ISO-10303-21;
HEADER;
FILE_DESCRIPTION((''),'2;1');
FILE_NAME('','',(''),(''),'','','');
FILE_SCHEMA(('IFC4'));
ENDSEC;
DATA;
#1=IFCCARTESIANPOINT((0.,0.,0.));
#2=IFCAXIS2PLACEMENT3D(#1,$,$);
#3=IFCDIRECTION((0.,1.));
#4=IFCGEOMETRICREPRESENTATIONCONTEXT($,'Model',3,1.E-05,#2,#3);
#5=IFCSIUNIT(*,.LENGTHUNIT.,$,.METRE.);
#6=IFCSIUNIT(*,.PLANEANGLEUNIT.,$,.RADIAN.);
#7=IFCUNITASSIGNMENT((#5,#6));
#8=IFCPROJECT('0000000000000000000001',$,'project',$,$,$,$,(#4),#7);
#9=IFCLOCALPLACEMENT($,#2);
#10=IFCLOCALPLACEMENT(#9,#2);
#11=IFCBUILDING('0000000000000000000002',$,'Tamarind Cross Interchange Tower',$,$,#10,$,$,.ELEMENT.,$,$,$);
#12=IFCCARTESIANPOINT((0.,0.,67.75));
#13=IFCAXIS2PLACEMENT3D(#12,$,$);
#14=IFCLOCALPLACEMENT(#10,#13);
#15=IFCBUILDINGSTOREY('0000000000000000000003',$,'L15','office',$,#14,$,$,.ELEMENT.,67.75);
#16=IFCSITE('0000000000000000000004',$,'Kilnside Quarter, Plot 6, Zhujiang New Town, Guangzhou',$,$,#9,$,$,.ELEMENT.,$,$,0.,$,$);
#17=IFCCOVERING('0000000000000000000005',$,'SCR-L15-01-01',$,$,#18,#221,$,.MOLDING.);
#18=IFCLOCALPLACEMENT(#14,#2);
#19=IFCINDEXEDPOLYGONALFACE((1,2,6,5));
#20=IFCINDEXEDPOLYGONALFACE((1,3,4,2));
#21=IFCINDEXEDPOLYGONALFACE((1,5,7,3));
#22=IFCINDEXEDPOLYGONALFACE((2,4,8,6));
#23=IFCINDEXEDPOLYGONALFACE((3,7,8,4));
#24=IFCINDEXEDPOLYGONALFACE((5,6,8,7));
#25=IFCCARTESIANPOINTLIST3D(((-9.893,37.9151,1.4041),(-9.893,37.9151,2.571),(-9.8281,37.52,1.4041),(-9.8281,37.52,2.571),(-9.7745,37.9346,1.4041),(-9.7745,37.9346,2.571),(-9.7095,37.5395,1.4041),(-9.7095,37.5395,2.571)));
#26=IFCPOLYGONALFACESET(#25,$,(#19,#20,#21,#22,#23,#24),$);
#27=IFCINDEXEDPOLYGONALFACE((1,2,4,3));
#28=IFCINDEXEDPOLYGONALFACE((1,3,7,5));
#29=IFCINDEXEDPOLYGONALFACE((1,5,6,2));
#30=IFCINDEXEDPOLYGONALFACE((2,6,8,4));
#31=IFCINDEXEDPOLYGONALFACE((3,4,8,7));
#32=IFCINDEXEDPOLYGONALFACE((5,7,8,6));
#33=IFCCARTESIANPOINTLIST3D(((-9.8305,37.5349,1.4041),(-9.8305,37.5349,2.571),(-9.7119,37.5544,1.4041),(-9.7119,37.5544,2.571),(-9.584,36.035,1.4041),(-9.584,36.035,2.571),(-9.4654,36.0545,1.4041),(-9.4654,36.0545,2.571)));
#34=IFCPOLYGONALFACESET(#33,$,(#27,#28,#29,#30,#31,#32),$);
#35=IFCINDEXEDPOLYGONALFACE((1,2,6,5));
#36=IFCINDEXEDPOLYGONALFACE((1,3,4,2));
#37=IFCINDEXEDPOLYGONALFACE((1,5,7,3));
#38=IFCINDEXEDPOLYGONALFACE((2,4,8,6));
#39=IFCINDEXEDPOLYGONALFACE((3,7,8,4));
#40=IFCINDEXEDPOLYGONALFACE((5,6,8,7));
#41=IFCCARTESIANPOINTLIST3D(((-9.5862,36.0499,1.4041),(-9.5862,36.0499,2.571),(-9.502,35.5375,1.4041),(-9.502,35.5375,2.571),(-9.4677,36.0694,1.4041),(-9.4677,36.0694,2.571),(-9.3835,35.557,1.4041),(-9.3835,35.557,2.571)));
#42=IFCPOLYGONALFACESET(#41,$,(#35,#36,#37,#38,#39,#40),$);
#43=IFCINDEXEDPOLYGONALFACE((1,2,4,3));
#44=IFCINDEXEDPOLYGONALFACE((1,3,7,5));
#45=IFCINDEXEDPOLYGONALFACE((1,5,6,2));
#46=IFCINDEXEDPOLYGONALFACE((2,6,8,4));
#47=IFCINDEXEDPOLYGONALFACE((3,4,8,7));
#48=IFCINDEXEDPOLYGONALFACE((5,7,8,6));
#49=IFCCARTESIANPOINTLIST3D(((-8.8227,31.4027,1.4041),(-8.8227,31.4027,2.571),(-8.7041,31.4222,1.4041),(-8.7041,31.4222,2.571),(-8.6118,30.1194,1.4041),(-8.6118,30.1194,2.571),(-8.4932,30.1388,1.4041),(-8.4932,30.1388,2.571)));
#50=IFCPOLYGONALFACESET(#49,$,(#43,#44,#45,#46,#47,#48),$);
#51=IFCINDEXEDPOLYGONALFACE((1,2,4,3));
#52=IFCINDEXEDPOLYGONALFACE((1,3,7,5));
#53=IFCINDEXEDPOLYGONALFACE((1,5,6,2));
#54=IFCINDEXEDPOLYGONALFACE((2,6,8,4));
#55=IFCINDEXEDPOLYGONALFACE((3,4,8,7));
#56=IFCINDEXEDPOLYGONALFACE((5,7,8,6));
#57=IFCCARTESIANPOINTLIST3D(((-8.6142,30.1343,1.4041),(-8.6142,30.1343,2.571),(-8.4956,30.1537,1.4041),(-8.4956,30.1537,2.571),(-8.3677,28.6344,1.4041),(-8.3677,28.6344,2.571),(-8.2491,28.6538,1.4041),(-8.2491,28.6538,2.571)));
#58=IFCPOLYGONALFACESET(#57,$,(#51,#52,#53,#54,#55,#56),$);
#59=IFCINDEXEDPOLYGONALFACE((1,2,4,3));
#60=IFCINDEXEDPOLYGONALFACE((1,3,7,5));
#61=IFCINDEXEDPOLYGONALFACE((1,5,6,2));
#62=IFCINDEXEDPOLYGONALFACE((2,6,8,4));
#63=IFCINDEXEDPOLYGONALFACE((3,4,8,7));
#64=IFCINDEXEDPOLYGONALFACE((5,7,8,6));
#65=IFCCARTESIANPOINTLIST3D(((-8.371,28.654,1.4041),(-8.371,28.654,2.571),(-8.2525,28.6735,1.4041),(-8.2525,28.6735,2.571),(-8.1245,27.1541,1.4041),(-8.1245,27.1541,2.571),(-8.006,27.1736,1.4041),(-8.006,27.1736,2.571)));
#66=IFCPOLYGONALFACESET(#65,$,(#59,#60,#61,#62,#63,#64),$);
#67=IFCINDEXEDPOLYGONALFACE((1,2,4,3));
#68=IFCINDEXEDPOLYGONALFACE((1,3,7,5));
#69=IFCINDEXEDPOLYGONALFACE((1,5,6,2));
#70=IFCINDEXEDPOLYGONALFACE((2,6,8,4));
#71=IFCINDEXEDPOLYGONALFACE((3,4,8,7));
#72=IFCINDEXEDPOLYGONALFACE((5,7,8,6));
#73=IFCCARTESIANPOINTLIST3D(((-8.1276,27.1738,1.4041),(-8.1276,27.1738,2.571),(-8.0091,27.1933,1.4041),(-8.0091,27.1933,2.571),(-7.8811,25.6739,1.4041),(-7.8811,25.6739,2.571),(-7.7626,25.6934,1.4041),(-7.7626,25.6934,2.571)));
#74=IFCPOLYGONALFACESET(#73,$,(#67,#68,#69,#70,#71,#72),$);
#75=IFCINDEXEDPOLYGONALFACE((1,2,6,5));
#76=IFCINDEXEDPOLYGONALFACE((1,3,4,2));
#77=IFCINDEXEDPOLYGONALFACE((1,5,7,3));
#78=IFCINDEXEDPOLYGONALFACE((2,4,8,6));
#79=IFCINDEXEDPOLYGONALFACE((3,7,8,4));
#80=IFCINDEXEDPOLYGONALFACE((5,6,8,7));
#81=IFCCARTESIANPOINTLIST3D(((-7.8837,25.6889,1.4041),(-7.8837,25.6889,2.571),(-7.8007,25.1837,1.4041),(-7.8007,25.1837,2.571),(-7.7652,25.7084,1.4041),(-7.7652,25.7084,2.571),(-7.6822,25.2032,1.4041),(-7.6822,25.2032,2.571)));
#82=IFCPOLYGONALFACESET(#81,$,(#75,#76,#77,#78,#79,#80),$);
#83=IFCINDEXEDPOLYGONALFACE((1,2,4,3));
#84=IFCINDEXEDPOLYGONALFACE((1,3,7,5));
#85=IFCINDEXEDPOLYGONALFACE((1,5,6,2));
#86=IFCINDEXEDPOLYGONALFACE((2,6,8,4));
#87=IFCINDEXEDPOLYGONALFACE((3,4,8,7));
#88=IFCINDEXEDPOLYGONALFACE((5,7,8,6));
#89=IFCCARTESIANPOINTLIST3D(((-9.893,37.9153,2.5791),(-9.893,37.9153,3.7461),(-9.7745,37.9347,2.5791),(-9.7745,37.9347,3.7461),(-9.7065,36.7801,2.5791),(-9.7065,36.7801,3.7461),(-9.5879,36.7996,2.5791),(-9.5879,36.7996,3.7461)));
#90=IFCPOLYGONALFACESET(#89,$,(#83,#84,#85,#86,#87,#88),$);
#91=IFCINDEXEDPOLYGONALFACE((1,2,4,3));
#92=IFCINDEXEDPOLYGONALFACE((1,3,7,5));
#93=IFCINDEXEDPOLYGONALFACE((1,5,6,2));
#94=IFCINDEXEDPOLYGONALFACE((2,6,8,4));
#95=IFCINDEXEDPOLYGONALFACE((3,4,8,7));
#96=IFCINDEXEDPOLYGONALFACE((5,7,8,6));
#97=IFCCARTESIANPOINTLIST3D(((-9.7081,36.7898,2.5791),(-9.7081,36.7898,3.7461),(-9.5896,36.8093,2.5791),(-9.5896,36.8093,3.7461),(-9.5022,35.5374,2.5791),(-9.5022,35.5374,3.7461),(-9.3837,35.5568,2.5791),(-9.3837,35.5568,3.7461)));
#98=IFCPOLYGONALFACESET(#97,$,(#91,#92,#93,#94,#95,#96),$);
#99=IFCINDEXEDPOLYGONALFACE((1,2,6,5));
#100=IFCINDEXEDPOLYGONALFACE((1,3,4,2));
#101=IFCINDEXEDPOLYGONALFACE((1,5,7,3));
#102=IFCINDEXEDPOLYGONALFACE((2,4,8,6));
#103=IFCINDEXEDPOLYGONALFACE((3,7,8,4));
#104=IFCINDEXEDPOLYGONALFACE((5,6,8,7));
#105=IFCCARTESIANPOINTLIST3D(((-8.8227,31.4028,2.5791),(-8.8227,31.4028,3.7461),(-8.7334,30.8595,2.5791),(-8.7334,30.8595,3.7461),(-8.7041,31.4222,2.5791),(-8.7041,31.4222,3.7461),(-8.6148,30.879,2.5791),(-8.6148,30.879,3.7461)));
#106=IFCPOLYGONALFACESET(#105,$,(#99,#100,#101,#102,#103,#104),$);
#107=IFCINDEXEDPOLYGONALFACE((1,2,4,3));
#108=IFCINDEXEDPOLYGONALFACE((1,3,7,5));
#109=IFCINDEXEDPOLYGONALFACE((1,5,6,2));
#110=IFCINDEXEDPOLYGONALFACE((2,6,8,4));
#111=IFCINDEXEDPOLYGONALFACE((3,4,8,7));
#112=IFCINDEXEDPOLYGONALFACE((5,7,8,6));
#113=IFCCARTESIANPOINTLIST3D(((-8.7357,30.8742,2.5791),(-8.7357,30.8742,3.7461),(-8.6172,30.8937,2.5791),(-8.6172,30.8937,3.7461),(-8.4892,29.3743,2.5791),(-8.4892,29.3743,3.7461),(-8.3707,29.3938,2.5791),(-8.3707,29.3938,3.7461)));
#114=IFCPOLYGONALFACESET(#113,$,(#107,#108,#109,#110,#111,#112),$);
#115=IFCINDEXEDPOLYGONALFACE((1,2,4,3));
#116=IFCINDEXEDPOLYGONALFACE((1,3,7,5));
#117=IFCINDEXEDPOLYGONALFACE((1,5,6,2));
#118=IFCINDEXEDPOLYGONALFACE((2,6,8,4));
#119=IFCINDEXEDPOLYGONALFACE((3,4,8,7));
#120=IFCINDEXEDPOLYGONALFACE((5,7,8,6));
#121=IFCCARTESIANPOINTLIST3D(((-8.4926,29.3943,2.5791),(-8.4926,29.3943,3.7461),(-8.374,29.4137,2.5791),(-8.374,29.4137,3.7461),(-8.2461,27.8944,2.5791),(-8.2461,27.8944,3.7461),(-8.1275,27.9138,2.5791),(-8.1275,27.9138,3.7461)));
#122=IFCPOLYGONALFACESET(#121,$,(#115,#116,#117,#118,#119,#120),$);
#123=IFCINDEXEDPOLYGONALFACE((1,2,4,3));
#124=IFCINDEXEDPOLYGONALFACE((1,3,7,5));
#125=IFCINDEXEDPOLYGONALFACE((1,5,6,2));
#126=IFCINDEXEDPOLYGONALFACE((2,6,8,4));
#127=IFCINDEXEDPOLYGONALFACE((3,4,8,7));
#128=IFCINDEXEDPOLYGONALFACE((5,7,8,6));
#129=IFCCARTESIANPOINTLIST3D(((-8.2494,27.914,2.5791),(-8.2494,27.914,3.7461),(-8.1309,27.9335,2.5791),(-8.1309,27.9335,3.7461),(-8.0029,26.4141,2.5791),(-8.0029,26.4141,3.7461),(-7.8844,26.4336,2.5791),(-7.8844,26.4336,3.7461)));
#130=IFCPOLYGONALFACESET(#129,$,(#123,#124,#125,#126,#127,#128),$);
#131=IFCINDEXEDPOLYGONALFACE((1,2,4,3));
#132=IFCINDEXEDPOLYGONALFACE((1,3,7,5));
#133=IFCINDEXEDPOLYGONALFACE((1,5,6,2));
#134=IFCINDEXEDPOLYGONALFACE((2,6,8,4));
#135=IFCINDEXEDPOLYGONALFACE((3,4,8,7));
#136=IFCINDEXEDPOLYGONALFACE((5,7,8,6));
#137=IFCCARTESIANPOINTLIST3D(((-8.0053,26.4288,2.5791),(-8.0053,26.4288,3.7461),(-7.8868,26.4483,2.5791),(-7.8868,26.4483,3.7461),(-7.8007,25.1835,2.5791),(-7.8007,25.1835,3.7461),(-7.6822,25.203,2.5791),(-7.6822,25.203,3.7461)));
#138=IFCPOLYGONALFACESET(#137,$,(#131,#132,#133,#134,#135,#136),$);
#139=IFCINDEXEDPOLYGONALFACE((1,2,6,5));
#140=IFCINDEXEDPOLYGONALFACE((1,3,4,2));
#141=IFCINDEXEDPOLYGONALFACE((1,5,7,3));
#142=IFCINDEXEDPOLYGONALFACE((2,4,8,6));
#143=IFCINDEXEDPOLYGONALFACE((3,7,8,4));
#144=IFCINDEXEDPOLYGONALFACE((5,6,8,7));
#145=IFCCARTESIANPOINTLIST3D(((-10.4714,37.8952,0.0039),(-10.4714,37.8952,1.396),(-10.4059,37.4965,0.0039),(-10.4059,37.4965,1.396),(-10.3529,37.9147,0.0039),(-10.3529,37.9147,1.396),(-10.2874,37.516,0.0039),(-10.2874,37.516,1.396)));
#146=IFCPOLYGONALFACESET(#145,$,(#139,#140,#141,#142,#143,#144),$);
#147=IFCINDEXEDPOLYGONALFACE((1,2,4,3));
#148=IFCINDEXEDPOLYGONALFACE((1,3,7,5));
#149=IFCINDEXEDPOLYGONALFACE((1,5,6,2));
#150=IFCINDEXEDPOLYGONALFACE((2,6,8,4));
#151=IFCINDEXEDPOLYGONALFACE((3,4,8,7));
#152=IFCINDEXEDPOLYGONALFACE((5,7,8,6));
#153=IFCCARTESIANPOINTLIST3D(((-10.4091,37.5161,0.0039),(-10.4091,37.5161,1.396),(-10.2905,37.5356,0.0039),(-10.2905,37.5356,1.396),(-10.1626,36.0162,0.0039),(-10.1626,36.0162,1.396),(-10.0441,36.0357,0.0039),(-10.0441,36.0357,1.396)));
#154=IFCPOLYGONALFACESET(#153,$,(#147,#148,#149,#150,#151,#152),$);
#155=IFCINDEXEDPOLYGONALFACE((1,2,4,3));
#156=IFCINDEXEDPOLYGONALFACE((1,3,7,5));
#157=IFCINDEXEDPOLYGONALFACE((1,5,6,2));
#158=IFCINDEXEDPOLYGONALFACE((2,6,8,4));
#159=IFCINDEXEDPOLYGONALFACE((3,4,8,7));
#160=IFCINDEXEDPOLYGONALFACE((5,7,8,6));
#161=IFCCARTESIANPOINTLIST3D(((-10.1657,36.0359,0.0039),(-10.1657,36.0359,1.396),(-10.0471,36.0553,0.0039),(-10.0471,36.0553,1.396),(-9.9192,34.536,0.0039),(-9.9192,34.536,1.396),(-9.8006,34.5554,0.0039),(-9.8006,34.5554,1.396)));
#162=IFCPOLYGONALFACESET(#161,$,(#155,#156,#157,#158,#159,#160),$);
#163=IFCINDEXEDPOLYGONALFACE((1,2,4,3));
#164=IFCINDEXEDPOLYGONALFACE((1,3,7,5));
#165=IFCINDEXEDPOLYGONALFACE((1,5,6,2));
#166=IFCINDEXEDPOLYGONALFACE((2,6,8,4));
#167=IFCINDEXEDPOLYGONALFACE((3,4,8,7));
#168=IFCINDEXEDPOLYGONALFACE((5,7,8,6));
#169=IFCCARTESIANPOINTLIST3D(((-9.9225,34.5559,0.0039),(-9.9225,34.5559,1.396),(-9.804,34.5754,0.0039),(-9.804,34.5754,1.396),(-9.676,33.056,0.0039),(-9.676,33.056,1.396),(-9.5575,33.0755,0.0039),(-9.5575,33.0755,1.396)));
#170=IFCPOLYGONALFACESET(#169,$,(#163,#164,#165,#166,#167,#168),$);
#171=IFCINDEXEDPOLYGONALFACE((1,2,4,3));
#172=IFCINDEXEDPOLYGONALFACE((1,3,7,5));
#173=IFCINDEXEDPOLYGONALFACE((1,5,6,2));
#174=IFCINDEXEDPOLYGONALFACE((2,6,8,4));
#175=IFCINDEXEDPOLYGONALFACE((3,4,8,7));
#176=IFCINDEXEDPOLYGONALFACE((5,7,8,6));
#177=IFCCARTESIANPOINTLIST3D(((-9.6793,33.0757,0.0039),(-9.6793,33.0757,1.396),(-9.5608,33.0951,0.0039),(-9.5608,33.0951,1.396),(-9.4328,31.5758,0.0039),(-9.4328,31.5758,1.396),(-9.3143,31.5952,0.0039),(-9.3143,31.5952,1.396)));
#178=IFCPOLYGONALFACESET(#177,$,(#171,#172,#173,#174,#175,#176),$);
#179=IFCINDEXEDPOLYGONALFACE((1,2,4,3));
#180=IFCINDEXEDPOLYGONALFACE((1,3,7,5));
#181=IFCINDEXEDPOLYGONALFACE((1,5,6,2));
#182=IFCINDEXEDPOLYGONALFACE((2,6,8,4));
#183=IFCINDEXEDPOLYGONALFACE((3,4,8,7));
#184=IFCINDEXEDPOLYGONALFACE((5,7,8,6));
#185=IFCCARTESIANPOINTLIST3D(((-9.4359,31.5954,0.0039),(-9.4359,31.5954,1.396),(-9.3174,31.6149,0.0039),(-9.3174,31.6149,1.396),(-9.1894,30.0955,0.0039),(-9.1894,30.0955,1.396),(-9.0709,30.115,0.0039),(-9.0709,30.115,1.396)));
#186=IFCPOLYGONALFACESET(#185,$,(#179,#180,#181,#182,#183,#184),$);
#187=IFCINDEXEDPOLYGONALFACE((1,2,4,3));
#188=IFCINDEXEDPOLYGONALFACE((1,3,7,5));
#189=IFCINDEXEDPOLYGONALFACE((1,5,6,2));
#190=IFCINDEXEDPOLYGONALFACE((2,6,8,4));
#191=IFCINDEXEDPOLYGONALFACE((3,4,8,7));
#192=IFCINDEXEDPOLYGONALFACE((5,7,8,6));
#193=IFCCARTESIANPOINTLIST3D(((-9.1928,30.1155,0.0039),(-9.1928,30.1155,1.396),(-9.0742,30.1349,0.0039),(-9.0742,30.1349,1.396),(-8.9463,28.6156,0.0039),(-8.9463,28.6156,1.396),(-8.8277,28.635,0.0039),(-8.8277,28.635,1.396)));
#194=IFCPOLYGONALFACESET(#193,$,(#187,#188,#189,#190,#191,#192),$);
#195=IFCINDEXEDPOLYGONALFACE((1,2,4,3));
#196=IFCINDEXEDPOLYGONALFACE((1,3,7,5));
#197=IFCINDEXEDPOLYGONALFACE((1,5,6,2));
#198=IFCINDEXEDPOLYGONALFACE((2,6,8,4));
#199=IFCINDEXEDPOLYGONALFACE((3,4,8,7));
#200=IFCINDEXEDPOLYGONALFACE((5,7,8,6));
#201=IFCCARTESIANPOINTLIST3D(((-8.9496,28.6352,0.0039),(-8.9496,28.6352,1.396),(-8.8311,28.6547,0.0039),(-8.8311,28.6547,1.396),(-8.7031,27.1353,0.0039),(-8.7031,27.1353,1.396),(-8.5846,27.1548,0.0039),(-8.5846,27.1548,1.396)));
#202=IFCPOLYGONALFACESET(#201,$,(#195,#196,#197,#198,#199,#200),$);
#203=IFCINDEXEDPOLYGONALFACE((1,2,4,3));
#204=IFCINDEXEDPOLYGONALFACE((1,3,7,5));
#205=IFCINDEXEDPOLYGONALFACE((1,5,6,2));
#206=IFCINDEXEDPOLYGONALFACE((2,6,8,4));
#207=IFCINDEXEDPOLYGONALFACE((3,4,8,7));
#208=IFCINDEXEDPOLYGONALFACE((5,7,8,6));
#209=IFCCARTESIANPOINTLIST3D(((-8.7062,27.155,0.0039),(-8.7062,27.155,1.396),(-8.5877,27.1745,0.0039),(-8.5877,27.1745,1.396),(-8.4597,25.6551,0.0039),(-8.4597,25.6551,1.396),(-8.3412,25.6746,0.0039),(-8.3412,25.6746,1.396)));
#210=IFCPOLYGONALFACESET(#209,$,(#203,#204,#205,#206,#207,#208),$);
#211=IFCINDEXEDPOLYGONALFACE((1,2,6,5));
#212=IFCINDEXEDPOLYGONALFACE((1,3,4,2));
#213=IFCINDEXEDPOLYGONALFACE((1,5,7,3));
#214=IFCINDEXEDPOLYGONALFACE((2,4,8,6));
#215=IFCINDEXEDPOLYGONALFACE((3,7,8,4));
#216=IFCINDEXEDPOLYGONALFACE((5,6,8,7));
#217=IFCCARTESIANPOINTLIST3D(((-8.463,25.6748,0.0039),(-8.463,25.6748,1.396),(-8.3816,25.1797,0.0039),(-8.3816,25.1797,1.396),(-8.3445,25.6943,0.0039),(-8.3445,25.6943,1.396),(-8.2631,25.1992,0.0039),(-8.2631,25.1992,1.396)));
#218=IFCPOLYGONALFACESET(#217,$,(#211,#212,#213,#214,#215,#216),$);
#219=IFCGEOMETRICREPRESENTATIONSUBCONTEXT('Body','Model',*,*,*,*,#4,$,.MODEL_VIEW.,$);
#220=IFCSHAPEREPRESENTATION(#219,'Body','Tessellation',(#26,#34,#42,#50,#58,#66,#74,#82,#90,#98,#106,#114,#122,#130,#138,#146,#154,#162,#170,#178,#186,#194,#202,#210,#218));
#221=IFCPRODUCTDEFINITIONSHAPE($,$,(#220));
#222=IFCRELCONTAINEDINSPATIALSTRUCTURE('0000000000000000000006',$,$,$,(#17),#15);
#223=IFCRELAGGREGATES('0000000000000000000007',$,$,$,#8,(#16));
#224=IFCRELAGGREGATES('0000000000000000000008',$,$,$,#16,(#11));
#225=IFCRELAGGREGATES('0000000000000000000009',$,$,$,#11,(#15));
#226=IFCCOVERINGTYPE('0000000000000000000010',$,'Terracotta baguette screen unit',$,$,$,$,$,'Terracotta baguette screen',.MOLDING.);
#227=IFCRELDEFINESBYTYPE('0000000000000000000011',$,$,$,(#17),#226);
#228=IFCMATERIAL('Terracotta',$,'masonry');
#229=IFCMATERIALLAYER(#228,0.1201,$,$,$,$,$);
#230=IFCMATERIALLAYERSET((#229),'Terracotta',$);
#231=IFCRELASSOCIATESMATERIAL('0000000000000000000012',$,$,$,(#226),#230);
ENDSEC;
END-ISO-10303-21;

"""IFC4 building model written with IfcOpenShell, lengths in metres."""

from ifc_helpers import new_model, si_unit, direction, frame, origin, origin_2d, place, context, subcontext, project, spatial, rectangle, extrude, material, layer, layer_set, type_object, element, save


model = new_model("IFC4")

# Units and contexts
model_context = context("Model", 3, precision=1e-05, world=origin(), true_north=direction((0.0, 1.0)))
body_context = subcontext(model_context, "Body", "Model", "MODEL_VIEW")
ifc_project = project(units=[si_unit("LENGTHUNIT", "METRE"), si_unit("PLANEANGLEUNIT", "RADIAN")], contexts=[model_context])

# Site, building, storey
site_placement = place(None, origin())
site = spatial("IfcSite", under=ifc_project, at=site_placement, Name="Kilnside Quarter, Plot 6, Zhujiang New Town, Guangzhou", CompositionType="ELEMENT", RefElevation=0.0)
building_placement = place(site_placement, origin())
building = spatial("IfcBuilding", under=site, at=building_placement, Name="Tamarind Cross Interchange Tower", CompositionType="ELEMENT")
storey_placement = place(building_placement, frame((0.0, 0.0, 67.75)))
storey = spatial("IfcBuildingStorey", under=building, at=storey_placement, Name="L15", Description="office", CompositionType="ELEMENT", Elevation=67.75)

# Covering
ifc_material_1 = material(Name="Terracotta", Category="masonry")
ifc_layer_1 = layer(ifc_material_1, 0.1201)
ifc_layer_set_1 = layer_set([ifc_layer_1], Name="Terracotta")
covering_type = type_object("IfcCoveringType", Name="Terracotta baguette screen unit", ElementType="Terracotta baguette screen", PredefinedType="MOLDING", material=ifc_layer_set_1)
covering_1_placement = place(storey_placement, origin())
element("IfcCovering", 1, at=covering_1_placement, inside=storey, type_object=covering_type, Name="SCR-L15-01-01", PredefinedType="MOLDING", context=body_context, shape_type="SweptSolid", body=[
    extrude(rectangle(XDim=0.4004, YDim=0.1201, at=origin_2d()), frame((-9.8013, 37.7273, 1.4041), z_axis=(0.0, 0.0, 1.0), x_axis=(0.162164, -0.986764, 0.0)), (0.0, 0.0, 1.0), 1.167),
    extrude(rectangle(XDim=1.52, YDim=0.1201, at=origin_2d()), frame((-9.6479, 36.7947, 1.4041), z_axis=(0.0, 0.0, 1.0), x_axis=(0.162164, -0.986764, 0.0)), (0.0, 0.0, 1.0), 1.167),
    extrude(rectangle(XDim=0.5193, YDim=0.1201, at=origin_2d()), frame((-9.4849, 35.8035, 1.4041), z_axis=(0.0, 0.0, 1.0), x_axis=(0.162164, -0.986764, 0.0)), (0.0, 0.0, 1.0), 1.167),
    extrude(rectangle(XDim=1.3005, YDim=0.1201, at=origin_2d()), frame((-8.658, 30.7708, 1.4041), z_axis=(0.0, 0.0, 1.0), x_axis=(0.162164, -0.986764, 0.0)), (0.0, 0.0, 1.0), 1.167),
    extrude(rectangle(XDim=1.52, YDim=0.1201, at=origin_2d()), frame((-8.4316, 29.394, 1.4041), z_axis=(0.0, 0.0, 1.0), x_axis=(0.162164, -0.986764, 0.0)), (0.0, 0.0, 1.0), 1.167),
    extrude(rectangle(XDim=1.52, YDim=0.1201, at=origin_2d()), frame((-8.1885, 27.9138, 1.4041), z_axis=(0.0, 0.0, 1.0), x_axis=(0.162164, -0.986764, 0.0)), (0.0, 0.0, 1.0), 1.167),
    extrude(rectangle(XDim=1.52, YDim=0.1201, at=origin_2d()), frame((-7.9451, 26.4336, 1.4041), z_axis=(0.0, 0.0, 1.0), x_axis=(0.162164, -0.986764, 0.0)), (0.0, 0.0, 1.0), 1.167),
    extrude(rectangle(XDim=0.512, YDim=0.1201, at=origin_2d()), frame((-7.783, 25.446, 1.4041), z_axis=(0.0, 0.0, 1.0), x_axis=(0.162164, -0.986764, 0.0)), (0.0, 0.0, 1.0), 1.167),
    extrude(rectangle(XDim=1.1504, YDim=0.1201, at=origin_2d()), frame((-9.7405, 37.3574, 2.5791), z_axis=(0.0, 0.0, 1.0), x_axis=(0.162164, -0.986764, 0.0)), (0.0, 0.0, 1.0), 1.167),
    extrude(rectangle(XDim=1.2693, YDim=0.1201, at=origin_2d()), frame((-9.5459, 36.1733, 2.5791), z_axis=(0.0, 0.0, 1.0), x_axis=(0.162164, -0.986764, 0.0)), (0.0, 0.0, 1.0), 1.167),
    extrude(rectangle(XDim=0.5505, YDim=0.1201, at=origin_2d()), frame((-8.7188, 31.1409, 2.5791), z_axis=(0.0, 0.0, 1.0), x_axis=(0.162164, -0.986764, 0.0)), (0.0, 0.0, 1.0), 1.167),
    extrude(rectangle(XDim=1.52, YDim=0.1201, at=origin_2d()), frame((-8.5532, 30.134, 2.5791), z_axis=(0.0, 0.0, 1.0), x_axis=(0.162164, -0.986764, 0.0)), (0.0, 0.0, 1.0), 1.167),
    extrude(rectangle(XDim=1.52, YDim=0.1201, at=origin_2d()), frame((-8.3101, 28.6541, 2.5791), z_axis=(0.0, 0.0, 1.0), x_axis=(0.162164, -0.986764, 0.0)), (0.0, 0.0, 1.0), 1.167),
    extrude(rectangle(XDim=1.52, YDim=0.1201, at=origin_2d()), frame((-8.0669, 27.1738, 2.5791), z_axis=(0.0, 0.0, 1.0), x_axis=(0.162164, -0.986764, 0.0)), (0.0, 0.0, 1.0), 1.167),
    extrude(rectangle(XDim=1.262, YDim=0.1201, at=origin_2d()), frame((-7.8438, 25.8159, 2.5791), z_axis=(0.0, 0.0, 1.0), x_axis=(0.162164, -0.986764, 0.0)), (0.0, 0.0, 1.0), 1.167),
    extrude(rectangle(XDim=0.4041, YDim=0.1201, at=origin_2d()), frame((-10.3794, 37.7056, 0.0039), z_axis=(0.0, 0.0, 1.0), x_axis=(0.162164, -0.986764, 0.0)), (0.0, 0.0, 1.0), 1.3921),
    extrude(rectangle(XDim=1.52, YDim=0.1201, at=origin_2d()), frame((-10.2266, 36.7759, 0.0039), z_axis=(0.0, 0.0, 1.0), x_axis=(0.162164, -0.986764, 0.0)), (0.0, 0.0, 1.0), 1.3921),
    extrude(rectangle(XDim=1.52, YDim=0.1201, at=origin_2d()), frame((-9.9832, 35.2957, 0.0039), z_axis=(0.0, 0.0, 1.0), x_axis=(0.162164, -0.986764, 0.0)), (0.0, 0.0, 1.0), 1.3921),
    extrude(rectangle(XDim=1.52, YDim=0.1201, at=origin_2d()), frame((-9.74, 33.8157, 0.0039), z_axis=(0.0, 0.0, 1.0), x_axis=(0.162164, -0.986764, 0.0)), (0.0, 0.0, 1.0), 1.3921),
    extrude(rectangle(XDim=1.52, YDim=0.1201, at=origin_2d()), frame((-9.4968, 32.3354, 0.0039), z_axis=(0.0, 0.0, 1.0), x_axis=(0.162164, -0.986764, 0.0)), (0.0, 0.0, 1.0), 1.3921),
    extrude(rectangle(XDim=1.52, YDim=0.1201, at=origin_2d()), frame((-9.2534, 30.8552, 0.0039), z_axis=(0.0, 0.0, 1.0), x_axis=(0.162164, -0.986764, 0.0)), (0.0, 0.0, 1.0), 1.3921),
    extrude(rectangle(XDim=1.52, YDim=0.1201, at=origin_2d()), frame((-9.0103, 29.3752, 0.0039), z_axis=(0.0, 0.0, 1.0), x_axis=(0.162164, -0.986764, 0.0)), (0.0, 0.0, 1.0), 1.3921),
    extrude(rectangle(XDim=1.52, YDim=0.1201, at=origin_2d()), frame((-8.7671, 27.895, 0.0039), z_axis=(0.0, 0.0, 1.0), x_axis=(0.162164, -0.986764, 0.0)), (0.0, 0.0, 1.0), 1.3921),
    extrude(rectangle(XDim=1.52, YDim=0.1201, at=origin_2d()), frame((-8.5237, 26.4148, 0.0039), z_axis=(0.0, 0.0, 1.0), x_axis=(0.162164, -0.986764, 0.0)), (0.0, 0.0, 1.0), 1.3921),
    extrude(rectangle(XDim=0.5017, YDim=0.1201, at=origin_2d()), frame((-8.363, 25.437, 0.0039), z_axis=(0.0, 0.0, 1.0), x_axis=(0.162164, -0.986764, 0.0)), (0.0, 0.0, 1.0), 1.3921),
])

save(model, "model.ifc")
